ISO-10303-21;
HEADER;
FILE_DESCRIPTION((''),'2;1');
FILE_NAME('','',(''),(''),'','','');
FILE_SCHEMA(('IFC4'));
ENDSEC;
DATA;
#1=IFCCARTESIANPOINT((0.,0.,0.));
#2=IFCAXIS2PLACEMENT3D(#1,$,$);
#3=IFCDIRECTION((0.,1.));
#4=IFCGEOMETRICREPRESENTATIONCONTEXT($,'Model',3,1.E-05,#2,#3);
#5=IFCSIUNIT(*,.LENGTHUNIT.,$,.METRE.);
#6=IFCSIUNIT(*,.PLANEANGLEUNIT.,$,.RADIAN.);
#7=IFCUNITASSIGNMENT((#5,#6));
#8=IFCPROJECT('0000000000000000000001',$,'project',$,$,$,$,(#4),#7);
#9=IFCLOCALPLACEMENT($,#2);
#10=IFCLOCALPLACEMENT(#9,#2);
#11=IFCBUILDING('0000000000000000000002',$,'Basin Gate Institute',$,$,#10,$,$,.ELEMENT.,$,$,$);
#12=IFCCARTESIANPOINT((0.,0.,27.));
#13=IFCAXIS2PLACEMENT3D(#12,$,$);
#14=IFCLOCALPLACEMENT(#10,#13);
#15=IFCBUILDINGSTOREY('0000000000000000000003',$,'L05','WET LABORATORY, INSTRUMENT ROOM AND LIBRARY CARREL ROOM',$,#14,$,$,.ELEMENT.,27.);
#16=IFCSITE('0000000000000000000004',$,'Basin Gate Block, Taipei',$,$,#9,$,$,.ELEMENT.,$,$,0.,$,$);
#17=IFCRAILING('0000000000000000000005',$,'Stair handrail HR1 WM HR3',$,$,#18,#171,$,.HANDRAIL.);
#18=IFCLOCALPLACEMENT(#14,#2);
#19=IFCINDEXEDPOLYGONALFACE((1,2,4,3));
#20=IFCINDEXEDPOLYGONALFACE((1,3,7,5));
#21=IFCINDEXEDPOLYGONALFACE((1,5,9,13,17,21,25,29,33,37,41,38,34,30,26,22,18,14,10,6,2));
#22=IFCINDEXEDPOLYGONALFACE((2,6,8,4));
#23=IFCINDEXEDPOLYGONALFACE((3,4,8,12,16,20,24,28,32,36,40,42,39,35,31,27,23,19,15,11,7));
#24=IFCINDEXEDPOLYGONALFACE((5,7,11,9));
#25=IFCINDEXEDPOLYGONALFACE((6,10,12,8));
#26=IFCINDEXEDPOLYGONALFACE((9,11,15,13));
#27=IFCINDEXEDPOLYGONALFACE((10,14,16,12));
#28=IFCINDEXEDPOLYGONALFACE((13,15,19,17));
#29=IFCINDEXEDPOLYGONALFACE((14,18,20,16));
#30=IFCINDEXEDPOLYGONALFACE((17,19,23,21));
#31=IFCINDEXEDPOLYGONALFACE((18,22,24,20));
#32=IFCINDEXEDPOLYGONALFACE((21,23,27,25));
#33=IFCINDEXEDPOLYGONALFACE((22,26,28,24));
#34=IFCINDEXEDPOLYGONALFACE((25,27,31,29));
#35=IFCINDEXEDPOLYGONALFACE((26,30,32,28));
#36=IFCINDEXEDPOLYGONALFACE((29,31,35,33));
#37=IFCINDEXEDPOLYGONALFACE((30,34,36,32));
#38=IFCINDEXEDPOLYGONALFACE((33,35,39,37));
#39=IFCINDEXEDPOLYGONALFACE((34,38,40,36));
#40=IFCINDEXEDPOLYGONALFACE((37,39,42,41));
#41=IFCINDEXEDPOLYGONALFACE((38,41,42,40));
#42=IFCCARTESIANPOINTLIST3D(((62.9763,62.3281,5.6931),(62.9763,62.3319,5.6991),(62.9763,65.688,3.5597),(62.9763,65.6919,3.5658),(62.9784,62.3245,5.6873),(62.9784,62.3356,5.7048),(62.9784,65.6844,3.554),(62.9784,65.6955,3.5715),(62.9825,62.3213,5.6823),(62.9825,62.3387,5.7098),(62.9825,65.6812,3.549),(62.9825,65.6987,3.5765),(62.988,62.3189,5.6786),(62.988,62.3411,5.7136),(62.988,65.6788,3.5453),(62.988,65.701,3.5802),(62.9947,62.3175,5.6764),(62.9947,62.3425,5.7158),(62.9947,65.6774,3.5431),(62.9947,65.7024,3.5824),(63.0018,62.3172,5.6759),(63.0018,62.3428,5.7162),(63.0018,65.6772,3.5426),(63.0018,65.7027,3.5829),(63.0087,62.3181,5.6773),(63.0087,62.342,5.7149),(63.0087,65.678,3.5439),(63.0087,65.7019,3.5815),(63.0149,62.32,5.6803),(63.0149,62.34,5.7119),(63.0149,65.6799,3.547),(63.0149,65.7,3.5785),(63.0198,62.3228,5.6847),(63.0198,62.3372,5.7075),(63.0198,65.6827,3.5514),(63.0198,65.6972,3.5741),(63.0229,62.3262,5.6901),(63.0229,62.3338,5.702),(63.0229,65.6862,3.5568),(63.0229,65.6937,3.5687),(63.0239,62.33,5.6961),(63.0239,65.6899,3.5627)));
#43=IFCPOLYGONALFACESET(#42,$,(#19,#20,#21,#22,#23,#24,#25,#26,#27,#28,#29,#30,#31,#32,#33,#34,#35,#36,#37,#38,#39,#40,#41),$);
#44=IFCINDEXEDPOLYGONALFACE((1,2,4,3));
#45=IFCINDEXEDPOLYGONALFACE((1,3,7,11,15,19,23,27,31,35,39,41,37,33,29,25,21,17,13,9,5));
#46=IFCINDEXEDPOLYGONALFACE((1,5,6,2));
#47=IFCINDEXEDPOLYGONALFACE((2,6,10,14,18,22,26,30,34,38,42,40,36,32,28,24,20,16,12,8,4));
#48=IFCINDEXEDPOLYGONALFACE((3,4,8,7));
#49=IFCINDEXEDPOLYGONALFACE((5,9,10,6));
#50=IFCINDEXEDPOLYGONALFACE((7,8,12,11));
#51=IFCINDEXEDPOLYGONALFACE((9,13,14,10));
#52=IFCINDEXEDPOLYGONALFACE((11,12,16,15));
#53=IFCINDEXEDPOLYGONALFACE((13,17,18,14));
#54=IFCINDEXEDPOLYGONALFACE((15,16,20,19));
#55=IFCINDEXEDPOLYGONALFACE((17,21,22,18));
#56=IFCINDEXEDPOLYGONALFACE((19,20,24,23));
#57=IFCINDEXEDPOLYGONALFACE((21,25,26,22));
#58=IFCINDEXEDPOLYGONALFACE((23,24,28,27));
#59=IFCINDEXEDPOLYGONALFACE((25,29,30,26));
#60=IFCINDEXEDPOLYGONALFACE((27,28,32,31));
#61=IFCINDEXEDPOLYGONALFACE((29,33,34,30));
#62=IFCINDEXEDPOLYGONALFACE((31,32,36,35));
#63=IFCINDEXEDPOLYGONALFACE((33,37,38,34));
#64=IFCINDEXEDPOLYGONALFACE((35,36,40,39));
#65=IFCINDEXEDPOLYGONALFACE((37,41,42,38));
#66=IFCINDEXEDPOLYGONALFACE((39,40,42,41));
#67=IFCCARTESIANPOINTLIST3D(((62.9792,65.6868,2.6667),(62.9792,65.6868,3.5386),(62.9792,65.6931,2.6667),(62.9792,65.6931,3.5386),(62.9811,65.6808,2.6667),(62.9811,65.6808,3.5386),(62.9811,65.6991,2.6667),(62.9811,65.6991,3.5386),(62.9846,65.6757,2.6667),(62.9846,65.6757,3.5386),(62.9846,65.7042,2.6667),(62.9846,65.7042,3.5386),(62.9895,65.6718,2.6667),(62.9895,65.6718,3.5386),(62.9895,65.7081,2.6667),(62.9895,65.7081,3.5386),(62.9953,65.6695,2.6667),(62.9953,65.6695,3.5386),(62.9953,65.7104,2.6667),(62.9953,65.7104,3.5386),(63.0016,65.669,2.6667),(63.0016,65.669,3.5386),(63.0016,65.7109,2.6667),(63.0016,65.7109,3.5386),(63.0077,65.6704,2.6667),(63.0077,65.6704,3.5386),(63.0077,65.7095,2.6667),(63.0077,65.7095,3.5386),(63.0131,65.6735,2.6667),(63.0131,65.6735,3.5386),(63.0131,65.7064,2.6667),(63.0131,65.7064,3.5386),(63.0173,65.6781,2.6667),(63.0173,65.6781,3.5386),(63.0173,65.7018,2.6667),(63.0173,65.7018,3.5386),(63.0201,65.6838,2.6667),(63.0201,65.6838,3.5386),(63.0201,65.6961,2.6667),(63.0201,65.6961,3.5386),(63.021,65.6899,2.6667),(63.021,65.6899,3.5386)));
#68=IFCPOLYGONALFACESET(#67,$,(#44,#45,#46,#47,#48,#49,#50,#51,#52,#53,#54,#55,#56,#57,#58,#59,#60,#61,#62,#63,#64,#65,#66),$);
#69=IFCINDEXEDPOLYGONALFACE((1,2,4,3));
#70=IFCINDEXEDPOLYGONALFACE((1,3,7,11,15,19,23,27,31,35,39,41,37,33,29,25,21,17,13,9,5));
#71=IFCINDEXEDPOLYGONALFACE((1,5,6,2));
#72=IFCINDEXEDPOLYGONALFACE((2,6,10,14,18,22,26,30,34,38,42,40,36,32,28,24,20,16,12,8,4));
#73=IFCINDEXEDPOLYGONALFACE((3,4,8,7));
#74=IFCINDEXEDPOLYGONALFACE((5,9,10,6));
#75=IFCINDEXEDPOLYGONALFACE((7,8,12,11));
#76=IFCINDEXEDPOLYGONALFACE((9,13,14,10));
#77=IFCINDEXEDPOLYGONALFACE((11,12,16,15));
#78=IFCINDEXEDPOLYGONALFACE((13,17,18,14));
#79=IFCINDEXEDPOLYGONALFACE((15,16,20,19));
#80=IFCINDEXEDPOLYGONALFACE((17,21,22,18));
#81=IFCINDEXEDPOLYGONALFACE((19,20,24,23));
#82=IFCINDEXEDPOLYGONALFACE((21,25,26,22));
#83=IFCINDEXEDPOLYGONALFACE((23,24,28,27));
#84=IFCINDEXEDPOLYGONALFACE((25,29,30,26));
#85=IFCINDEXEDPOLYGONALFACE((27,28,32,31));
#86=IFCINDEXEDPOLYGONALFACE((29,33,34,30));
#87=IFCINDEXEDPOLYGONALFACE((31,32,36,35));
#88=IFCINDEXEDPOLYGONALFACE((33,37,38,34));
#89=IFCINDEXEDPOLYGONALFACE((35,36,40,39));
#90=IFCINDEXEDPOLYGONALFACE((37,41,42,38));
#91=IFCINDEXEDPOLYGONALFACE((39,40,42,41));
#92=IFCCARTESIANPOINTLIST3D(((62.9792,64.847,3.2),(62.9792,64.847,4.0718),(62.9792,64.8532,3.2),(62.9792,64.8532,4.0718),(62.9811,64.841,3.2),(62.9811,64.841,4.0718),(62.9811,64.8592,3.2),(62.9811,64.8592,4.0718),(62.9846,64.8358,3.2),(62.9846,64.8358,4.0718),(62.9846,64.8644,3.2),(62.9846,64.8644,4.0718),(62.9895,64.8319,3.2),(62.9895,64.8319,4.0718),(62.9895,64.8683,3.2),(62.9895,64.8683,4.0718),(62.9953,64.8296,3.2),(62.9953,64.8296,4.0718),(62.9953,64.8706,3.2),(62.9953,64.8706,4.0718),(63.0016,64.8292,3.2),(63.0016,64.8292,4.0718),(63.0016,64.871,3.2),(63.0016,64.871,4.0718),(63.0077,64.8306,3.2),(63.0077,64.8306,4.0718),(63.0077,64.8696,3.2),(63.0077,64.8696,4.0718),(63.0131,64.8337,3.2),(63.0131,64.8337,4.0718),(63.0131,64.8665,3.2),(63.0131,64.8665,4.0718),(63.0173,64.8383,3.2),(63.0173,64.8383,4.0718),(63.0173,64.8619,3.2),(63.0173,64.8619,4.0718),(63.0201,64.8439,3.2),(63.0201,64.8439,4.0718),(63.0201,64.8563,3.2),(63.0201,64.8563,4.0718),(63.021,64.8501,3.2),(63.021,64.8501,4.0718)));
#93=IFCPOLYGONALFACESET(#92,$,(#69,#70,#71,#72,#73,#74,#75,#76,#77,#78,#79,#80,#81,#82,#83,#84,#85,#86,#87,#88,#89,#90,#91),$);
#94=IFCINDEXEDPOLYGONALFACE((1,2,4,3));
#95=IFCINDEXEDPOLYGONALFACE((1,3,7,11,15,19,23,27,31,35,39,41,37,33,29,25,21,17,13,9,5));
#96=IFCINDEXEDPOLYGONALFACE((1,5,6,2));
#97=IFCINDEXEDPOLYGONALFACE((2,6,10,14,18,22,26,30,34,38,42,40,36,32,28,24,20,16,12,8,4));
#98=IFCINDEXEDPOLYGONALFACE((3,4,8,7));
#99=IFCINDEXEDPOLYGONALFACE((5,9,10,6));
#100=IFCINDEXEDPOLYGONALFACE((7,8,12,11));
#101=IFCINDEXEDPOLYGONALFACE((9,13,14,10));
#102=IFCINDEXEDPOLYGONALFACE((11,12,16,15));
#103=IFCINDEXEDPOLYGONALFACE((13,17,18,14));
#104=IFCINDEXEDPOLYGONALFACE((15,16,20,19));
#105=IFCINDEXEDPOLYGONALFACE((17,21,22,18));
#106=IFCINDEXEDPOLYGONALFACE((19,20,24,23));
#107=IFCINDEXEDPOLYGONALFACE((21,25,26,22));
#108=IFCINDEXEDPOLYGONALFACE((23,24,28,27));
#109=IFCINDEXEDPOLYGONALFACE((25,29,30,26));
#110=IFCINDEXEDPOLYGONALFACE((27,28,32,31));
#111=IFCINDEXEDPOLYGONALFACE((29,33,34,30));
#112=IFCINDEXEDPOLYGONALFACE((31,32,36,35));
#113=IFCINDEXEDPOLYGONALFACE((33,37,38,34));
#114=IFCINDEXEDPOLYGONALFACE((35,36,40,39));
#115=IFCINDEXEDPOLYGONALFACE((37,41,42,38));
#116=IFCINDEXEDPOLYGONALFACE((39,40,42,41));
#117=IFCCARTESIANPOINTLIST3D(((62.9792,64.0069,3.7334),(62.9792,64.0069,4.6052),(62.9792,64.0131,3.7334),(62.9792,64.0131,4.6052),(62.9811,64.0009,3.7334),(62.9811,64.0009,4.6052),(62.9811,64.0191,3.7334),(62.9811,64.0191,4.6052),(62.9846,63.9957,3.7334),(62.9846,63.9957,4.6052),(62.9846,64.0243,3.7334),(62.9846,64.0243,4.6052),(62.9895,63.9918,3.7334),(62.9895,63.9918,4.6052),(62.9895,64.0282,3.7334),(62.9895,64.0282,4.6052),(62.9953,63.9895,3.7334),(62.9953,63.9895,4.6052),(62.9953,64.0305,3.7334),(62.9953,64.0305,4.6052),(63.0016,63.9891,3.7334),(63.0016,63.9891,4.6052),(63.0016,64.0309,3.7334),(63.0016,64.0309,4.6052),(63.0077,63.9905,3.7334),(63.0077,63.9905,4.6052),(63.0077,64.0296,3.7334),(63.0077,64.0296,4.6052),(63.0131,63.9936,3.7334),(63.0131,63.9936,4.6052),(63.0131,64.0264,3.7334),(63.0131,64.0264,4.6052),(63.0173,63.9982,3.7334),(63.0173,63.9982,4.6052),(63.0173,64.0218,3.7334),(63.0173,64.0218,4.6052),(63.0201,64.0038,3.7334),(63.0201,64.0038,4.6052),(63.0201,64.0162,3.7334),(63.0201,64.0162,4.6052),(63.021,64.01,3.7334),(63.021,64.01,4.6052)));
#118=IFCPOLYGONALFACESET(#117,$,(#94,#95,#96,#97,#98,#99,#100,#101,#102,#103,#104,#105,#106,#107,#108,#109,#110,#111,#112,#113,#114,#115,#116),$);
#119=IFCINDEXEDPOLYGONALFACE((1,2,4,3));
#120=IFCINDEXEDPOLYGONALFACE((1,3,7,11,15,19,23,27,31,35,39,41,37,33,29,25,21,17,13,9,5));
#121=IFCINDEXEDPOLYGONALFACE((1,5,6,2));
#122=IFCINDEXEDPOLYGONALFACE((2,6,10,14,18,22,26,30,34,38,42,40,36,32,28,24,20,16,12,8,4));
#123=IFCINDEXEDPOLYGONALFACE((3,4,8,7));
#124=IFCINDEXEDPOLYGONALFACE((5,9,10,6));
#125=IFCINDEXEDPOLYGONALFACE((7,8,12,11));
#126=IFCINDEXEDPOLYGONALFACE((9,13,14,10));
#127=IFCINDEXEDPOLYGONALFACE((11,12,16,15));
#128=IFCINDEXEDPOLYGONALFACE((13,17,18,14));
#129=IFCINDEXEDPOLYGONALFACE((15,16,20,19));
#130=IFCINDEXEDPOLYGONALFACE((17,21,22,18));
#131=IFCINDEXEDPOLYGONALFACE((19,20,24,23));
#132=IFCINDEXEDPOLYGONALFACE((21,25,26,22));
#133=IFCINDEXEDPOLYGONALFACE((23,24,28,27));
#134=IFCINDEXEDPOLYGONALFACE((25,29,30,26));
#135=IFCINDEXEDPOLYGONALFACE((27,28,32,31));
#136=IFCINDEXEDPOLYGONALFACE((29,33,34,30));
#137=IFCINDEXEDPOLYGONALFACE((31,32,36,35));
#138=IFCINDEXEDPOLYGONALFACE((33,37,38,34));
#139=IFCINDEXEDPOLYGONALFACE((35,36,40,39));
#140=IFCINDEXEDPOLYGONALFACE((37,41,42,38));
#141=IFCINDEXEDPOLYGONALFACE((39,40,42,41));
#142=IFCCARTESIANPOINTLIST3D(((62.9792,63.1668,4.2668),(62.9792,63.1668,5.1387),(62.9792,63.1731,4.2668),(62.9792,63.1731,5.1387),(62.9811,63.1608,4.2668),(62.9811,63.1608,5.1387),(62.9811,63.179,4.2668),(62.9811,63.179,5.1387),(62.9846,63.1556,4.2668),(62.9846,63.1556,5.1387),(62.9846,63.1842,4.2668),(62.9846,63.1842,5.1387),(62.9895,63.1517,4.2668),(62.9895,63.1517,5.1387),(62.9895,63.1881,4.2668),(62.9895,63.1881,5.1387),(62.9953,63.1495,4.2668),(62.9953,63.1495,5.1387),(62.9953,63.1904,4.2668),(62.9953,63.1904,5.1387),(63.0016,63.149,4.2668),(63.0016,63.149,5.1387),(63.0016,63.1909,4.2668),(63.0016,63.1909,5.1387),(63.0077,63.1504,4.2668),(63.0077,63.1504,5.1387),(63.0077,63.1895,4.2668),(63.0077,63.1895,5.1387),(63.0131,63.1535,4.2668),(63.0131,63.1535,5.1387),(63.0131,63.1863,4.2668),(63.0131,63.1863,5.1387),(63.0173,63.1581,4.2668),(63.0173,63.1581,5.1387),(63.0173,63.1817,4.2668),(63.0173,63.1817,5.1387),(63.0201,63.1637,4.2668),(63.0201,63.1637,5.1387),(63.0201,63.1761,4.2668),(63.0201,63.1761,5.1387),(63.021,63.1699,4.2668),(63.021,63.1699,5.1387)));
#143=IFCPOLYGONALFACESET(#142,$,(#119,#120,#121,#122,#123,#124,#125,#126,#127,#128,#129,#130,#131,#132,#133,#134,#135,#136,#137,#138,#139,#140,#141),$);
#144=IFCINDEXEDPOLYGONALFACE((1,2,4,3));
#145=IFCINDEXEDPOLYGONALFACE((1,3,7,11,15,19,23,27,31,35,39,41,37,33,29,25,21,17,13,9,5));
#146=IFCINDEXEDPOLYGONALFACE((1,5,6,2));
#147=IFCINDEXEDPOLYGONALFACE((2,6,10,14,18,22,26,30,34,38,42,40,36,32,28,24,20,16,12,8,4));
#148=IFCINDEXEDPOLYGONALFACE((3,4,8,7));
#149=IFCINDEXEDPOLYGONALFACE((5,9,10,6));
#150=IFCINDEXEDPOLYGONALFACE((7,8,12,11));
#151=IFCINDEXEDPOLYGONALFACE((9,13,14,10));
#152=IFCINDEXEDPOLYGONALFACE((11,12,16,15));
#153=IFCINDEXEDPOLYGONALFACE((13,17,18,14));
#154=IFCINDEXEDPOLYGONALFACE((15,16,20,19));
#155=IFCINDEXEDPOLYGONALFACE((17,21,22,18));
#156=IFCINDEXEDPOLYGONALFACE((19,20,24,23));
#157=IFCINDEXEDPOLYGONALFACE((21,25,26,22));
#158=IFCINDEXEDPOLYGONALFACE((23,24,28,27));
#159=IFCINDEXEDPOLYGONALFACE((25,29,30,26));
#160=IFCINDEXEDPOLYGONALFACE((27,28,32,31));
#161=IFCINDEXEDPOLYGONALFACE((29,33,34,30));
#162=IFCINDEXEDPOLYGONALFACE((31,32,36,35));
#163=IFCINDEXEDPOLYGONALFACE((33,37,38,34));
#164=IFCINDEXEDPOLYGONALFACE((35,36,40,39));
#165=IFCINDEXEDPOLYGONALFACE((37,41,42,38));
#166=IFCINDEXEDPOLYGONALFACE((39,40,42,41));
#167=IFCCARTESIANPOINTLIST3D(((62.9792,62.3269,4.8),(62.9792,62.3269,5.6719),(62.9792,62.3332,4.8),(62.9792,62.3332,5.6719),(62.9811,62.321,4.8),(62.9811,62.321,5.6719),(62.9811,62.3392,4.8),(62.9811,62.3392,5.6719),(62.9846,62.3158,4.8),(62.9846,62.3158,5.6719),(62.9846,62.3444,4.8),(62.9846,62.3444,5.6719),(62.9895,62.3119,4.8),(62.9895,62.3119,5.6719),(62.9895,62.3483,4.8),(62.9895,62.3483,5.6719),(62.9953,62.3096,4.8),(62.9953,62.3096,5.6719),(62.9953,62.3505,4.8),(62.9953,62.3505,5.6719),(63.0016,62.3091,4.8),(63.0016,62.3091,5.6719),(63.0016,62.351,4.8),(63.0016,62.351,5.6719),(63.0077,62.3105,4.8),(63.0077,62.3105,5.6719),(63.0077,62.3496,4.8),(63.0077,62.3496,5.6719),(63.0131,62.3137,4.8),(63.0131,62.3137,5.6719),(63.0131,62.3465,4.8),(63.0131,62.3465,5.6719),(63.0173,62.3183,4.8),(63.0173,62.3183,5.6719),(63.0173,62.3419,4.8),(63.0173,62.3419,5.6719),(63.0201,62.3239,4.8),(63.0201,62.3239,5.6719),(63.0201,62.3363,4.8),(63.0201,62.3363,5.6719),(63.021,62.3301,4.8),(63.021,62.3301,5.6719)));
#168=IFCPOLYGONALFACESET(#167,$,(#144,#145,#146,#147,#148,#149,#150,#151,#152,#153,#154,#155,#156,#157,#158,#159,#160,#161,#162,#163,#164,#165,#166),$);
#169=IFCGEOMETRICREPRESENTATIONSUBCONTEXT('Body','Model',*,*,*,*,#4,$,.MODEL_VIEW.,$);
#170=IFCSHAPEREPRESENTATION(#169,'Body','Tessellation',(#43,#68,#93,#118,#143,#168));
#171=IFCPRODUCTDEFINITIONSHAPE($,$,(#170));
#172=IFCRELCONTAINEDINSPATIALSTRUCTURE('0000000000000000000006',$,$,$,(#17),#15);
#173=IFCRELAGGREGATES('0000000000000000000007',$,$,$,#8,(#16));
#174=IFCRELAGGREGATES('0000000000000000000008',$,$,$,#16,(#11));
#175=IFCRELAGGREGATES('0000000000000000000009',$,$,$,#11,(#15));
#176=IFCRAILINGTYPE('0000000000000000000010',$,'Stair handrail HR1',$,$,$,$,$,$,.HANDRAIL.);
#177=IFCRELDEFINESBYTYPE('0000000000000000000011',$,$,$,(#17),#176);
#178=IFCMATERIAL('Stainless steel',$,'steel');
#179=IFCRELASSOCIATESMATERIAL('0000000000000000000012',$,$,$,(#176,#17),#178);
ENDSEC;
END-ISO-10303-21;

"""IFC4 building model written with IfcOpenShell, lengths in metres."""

from ifc_helpers import new_model, si_unit, direction, frame, origin, origin_2d, place, context, subcontext, project, spatial, circle, extrude, material, type_object, element, save


model = new_model("IFC4")

# Units and contexts
model_context = context("Model", 3, precision=1e-05, world=origin(), true_north=direction((0.0, 1.0)))
body_context = subcontext(model_context, "Body", "Model", "MODEL_VIEW")
ifc_project = project(units=[si_unit("LENGTHUNIT", "METRE"), si_unit("PLANEANGLEUNIT", "RADIAN")], contexts=[model_context])

# Site, building, storey
site_placement = place(None, origin())
site = spatial("IfcSite", under=ifc_project, at=site_placement, Name="Basin Gate Block, Taipei", CompositionType="ELEMENT", RefElevation=0.0)
building_placement = place(site_placement, origin())
building = spatial("IfcBuilding", under=site, at=building_placement, Name="Basin Gate Institute", CompositionType="ELEMENT")
storey_placement = place(building_placement, frame((0.0, 0.0, 27.0)))
storey = spatial("IfcBuildingStorey", under=building, at=storey_placement, Name="L05", Description="WET LABORATORY, INSTRUMENT ROOM AND LIBRARY CARREL ROOM", CompositionType="ELEMENT", Elevation=27.0)

# Railing
ifc_material_1 = material(Name="Stainless steel", Category="steel")
railing_type_1 = type_object("IfcRailingType", Name="Stair handrail HR1", PredefinedType="HANDRAIL", material=ifc_material_1)
railing_1_placement = place(storey_placement, frame((63.0, 65.6899, 2.6667)))
element("IfcRailing", 1, at=railing_1_placement, inside=storey, type_object=railing_type_1, material=ifc_material_1, Name="Stair handrail HR1 WM HR3", PredefinedType="HANDRAIL", context=body_context, shape_type="SweptSolid", body=[
    extrude(circle(Radius=0.0239, at=origin_2d()), frame((0.0, 0.0, 0.896), z_axis=(0.0, -0.844207, 0.536018), x_axis=(1.0, 0.0, 0.0)), (0.0, 0.0, 1.0), 3.98),
    extrude(circle(Radius=0.021, at=origin_2d()), origin(), (0.0, 0.0, 1.0), 0.8718),
    extrude(circle(Radius=0.021, at=origin_2d()), frame((0.0, -0.8398, 0.5332)), (0.0, 0.0, 1.0), 0.8718),
    extrude(circle(Radius=0.021, at=origin_2d()), frame((0.0, -1.6799, 1.0667)), (0.0, 0.0, 1.0), 0.8718),
    extrude(circle(Radius=0.021, at=origin_2d()), frame((0.0, -2.52, 1.6001)), (0.0, 0.0, 1.0), 0.8718),
    extrude(circle(Radius=0.021, at=origin_2d()), frame((0.0, -3.3599, 2.1333)), (0.0, 0.0, 1.0), 0.8718),
])

save(model, "model.ifc")
